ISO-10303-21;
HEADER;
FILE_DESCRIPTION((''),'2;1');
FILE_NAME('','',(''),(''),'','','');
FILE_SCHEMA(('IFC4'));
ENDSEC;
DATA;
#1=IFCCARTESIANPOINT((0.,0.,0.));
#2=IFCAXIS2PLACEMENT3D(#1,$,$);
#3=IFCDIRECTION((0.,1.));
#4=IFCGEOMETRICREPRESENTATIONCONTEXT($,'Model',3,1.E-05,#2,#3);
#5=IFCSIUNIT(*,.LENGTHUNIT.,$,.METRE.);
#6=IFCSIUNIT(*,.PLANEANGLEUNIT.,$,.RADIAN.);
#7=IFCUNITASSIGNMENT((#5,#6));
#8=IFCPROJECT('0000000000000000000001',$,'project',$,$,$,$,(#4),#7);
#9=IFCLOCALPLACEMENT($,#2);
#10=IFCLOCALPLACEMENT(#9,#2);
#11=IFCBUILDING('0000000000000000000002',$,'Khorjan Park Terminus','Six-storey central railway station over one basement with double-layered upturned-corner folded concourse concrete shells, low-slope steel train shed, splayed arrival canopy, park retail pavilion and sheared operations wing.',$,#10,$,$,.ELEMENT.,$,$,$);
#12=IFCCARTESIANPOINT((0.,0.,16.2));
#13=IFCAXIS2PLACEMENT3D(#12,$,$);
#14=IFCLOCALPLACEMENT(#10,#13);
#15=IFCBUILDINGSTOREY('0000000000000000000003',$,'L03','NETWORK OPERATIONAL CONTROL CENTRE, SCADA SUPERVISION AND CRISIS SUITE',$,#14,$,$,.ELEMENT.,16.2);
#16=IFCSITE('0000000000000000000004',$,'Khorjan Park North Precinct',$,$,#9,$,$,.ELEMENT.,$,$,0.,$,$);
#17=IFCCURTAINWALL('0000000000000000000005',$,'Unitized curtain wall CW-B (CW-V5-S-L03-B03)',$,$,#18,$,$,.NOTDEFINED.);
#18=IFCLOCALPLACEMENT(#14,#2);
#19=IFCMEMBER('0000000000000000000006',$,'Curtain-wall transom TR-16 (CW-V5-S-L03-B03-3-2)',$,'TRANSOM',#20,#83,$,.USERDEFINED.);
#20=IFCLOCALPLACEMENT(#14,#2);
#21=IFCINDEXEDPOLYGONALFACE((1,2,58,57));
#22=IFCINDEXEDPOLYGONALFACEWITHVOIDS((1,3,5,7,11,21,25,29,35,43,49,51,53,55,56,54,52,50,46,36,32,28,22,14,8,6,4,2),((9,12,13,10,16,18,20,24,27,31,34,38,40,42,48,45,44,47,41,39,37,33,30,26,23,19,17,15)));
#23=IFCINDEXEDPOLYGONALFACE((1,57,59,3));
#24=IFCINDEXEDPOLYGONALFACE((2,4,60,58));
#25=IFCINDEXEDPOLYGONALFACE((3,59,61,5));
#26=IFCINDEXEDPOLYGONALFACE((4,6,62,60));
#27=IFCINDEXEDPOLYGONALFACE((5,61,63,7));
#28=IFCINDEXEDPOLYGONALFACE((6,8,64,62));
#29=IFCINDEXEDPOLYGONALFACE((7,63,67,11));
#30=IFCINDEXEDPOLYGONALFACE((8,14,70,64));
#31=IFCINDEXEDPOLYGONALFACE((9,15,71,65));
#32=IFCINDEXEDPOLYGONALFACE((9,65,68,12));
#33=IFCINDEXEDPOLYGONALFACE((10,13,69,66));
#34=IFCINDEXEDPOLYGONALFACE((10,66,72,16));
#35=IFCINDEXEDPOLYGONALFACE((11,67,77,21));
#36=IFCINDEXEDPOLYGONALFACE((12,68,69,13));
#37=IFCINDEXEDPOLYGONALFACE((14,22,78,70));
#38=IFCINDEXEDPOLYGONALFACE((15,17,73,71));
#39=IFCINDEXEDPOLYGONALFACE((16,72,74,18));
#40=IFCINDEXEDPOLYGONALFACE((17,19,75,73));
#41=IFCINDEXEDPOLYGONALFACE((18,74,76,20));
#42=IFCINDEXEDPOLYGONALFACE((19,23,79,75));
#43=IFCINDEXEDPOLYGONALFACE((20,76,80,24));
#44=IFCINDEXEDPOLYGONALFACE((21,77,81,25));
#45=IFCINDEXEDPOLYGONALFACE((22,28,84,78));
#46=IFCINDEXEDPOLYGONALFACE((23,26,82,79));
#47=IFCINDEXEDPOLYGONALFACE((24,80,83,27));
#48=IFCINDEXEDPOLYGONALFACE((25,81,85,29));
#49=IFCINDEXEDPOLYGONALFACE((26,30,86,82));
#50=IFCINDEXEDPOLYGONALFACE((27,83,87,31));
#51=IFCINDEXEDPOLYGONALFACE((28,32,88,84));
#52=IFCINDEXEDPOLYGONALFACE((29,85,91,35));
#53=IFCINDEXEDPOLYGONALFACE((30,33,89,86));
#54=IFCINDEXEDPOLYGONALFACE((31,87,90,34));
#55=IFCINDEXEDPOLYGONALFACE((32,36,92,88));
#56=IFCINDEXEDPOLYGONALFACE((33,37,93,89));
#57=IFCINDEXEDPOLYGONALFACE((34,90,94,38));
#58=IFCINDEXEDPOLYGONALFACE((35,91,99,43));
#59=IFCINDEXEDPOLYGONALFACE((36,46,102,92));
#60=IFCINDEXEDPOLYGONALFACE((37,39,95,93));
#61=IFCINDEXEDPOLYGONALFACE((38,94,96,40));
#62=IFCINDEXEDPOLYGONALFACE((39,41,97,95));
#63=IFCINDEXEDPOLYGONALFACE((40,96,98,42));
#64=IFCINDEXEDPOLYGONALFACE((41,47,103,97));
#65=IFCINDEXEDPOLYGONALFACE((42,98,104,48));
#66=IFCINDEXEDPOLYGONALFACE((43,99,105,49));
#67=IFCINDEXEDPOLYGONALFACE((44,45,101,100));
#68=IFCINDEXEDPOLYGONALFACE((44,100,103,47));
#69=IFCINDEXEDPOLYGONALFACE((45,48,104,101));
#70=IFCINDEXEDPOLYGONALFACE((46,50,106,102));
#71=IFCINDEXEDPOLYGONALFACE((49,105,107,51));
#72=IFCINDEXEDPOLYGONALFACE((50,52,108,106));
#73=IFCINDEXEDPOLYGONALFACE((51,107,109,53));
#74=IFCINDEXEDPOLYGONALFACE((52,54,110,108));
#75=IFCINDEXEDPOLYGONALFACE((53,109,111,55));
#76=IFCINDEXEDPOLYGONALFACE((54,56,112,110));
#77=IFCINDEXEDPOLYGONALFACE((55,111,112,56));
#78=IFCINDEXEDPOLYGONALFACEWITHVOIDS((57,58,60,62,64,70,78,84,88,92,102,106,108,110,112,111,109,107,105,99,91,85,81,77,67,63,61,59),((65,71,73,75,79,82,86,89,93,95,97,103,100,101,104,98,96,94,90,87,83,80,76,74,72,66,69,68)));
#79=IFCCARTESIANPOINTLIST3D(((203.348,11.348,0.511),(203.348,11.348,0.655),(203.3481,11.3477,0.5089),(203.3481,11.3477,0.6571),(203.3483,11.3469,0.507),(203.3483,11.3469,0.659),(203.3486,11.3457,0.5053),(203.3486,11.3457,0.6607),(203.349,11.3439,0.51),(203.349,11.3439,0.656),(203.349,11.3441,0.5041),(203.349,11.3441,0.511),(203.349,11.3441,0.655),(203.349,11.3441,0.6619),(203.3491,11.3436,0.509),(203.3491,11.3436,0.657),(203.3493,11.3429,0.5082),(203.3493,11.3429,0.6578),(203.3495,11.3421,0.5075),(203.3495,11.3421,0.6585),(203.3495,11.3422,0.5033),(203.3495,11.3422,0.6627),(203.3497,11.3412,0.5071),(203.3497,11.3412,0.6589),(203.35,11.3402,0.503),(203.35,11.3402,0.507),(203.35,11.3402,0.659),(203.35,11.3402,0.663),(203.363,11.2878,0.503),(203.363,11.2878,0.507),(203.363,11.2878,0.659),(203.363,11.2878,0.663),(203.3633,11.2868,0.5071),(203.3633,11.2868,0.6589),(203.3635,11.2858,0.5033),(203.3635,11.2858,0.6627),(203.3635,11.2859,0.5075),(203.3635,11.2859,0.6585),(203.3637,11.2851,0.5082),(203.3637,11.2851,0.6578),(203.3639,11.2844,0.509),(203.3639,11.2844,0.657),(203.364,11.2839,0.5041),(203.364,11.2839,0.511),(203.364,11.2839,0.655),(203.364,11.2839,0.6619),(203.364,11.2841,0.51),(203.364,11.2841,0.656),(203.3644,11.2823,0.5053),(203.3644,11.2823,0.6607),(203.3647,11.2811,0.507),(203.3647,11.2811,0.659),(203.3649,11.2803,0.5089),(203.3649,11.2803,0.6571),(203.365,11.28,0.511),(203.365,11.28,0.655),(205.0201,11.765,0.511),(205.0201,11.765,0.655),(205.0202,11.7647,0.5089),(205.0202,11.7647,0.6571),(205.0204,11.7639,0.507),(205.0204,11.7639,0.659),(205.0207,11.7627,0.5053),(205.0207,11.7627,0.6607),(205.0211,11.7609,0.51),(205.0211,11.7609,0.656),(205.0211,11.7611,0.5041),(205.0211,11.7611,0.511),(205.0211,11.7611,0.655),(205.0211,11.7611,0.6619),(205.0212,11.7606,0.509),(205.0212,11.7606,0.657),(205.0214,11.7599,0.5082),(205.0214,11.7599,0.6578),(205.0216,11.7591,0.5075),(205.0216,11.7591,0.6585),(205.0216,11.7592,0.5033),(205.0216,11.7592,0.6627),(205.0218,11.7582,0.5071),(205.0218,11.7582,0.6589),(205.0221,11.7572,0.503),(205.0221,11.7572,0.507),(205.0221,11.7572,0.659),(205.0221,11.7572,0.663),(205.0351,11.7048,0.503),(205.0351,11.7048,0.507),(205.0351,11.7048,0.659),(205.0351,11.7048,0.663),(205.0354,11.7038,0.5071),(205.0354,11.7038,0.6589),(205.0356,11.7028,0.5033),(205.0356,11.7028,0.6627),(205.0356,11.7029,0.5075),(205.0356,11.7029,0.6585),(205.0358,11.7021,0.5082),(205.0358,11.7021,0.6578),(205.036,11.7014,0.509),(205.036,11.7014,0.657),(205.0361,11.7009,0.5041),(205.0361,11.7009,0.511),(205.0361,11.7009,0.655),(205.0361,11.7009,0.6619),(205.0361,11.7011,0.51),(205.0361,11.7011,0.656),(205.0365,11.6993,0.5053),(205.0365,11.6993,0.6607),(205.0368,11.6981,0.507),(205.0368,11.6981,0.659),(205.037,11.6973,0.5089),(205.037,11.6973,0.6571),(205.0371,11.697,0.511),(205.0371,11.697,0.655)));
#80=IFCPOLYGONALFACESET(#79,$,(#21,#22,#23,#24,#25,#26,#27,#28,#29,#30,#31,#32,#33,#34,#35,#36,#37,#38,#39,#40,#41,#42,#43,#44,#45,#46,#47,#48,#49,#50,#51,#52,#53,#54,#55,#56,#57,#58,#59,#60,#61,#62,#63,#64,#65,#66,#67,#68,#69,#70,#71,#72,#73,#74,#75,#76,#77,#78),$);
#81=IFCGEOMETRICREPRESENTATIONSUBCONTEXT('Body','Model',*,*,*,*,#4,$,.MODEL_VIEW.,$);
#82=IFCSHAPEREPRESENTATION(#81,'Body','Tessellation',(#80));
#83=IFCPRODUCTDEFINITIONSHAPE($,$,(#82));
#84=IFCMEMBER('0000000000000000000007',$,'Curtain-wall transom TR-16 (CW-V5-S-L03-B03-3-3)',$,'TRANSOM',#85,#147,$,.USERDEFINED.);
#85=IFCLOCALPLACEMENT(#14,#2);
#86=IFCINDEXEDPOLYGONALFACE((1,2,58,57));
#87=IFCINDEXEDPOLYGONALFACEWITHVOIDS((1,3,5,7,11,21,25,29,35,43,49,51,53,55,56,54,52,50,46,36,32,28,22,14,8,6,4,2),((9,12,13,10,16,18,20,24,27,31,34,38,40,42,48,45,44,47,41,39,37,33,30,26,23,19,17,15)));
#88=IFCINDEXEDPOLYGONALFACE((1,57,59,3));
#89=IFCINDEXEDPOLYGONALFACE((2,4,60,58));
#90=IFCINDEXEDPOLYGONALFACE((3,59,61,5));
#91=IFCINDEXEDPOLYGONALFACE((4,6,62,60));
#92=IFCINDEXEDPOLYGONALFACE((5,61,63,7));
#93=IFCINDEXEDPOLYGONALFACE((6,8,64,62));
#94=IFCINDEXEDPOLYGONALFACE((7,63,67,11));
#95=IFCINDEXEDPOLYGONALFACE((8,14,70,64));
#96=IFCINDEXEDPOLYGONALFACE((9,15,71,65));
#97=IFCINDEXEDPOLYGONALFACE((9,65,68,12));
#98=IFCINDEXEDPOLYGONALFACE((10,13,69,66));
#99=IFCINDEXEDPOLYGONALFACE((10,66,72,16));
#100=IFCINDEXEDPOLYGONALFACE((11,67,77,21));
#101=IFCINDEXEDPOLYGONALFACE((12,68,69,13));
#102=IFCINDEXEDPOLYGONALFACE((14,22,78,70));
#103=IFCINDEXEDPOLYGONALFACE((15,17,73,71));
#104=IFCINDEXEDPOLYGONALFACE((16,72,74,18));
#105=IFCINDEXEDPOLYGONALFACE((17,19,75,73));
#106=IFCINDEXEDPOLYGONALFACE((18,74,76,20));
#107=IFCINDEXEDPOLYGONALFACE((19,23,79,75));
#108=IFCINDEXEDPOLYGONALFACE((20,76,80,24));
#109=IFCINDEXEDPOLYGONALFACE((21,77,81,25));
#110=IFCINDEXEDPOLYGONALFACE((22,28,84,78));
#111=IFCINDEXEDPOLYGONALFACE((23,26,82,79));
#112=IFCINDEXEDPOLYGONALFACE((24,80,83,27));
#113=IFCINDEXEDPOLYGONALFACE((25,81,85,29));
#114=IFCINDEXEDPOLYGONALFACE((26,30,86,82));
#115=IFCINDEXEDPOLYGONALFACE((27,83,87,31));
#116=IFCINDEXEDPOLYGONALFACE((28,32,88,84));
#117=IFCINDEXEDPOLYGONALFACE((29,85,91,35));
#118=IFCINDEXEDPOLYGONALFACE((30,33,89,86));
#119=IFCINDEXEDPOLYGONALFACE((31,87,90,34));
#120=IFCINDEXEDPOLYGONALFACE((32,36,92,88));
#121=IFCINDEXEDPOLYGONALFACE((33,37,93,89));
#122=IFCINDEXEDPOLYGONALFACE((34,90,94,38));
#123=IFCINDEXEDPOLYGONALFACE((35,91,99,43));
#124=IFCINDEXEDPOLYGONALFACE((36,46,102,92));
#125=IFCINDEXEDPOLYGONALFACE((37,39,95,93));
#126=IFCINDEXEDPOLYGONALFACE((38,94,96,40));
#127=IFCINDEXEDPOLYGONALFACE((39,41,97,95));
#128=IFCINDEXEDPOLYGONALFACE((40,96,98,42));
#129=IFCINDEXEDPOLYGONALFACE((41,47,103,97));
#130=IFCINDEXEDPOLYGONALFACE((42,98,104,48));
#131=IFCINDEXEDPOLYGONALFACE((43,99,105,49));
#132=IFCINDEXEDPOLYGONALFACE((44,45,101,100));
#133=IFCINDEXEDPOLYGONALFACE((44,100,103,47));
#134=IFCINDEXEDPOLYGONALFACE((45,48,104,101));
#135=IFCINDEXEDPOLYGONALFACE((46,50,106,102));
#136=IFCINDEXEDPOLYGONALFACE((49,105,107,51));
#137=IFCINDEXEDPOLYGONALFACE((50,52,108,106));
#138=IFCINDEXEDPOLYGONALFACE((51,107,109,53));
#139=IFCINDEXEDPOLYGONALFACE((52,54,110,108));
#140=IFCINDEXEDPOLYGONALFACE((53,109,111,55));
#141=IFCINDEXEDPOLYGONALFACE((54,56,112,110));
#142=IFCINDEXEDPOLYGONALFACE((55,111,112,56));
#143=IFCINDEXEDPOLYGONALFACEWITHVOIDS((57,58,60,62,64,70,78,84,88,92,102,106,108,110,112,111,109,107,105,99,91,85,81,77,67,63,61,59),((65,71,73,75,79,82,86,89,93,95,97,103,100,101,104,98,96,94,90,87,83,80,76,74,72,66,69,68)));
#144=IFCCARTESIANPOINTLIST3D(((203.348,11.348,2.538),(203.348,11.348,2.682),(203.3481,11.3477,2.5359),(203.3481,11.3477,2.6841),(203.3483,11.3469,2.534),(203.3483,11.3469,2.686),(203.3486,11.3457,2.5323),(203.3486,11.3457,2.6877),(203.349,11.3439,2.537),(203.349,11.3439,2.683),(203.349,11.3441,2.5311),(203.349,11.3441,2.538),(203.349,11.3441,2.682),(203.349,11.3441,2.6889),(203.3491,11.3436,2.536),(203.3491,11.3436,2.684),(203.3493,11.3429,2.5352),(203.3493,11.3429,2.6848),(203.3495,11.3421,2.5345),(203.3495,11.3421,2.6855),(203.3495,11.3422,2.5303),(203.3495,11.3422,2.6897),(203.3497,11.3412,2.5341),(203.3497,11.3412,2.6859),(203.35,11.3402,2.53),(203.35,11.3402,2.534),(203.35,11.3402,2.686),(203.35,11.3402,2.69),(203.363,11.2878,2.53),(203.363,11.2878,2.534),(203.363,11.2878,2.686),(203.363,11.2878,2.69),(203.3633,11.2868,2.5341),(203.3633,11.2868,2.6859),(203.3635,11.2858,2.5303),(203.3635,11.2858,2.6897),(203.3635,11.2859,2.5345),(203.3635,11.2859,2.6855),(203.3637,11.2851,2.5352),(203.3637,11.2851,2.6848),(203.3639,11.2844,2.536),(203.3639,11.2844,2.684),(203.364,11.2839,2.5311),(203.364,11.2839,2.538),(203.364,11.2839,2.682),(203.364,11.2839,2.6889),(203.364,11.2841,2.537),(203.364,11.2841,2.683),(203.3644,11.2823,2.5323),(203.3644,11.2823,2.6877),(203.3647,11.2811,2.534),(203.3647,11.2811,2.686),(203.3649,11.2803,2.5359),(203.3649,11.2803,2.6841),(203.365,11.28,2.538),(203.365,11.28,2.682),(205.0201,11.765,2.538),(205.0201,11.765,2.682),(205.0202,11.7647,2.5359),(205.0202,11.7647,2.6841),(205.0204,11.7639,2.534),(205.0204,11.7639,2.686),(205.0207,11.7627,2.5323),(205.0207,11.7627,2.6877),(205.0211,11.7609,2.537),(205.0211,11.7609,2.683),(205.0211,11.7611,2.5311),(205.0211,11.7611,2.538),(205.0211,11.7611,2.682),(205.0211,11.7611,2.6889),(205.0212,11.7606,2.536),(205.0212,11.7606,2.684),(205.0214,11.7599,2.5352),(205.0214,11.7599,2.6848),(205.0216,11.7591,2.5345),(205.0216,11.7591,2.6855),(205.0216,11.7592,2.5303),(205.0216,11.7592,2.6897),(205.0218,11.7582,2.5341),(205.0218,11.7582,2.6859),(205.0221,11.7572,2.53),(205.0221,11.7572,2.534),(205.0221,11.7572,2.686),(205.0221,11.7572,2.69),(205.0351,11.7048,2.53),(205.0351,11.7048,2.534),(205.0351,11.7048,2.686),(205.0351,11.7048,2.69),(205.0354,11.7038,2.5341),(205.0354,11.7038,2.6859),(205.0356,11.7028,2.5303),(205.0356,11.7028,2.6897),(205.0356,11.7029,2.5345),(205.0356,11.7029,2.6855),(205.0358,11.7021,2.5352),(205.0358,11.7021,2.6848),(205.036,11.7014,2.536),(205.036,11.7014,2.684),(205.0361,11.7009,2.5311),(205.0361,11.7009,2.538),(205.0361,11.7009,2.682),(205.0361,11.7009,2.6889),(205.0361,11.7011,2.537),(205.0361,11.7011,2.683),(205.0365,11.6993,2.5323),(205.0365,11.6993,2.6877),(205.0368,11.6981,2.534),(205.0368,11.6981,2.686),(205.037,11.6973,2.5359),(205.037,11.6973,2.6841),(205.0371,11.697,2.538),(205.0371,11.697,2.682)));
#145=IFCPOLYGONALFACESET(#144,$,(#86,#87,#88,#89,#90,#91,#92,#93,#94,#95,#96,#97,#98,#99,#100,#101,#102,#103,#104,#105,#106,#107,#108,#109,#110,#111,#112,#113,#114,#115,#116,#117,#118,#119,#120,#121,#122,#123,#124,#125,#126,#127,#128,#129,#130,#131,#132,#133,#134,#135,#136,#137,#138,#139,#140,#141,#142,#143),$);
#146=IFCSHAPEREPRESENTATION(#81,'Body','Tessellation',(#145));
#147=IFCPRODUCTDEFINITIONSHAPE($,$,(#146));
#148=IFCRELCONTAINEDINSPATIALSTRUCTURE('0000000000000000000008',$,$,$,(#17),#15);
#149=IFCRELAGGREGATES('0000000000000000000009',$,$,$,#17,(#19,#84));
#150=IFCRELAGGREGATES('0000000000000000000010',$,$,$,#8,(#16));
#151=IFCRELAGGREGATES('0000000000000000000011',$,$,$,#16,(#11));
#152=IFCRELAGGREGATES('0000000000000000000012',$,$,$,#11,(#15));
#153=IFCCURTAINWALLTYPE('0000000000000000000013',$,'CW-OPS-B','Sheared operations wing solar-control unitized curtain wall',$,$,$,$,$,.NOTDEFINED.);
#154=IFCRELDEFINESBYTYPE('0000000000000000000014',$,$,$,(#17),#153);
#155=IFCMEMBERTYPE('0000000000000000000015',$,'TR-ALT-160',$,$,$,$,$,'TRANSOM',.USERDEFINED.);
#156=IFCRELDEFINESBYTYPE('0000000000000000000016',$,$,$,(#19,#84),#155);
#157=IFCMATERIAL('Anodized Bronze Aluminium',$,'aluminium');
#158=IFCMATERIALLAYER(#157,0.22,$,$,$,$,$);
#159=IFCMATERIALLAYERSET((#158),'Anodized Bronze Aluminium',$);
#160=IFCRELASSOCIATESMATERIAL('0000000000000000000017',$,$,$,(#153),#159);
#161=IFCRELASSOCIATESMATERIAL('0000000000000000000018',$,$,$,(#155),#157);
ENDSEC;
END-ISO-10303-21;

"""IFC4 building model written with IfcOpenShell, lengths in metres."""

from ifc_helpers import new_model, si_unit, direction, frame, origin, origin_2d, place, context, subcontext, project, spatial, hollow_rectangle, extrude, material, layer, layer_set, material_profile, profile_set, type_object, element, aggregate, save


model = new_model("IFC4")

# Units and contexts
model_context = context("Model", 3, precision=1e-05, world=origin(), true_north=direction((0.0, 1.0)))
body_context = subcontext(model_context, "Body", "Model", "MODEL_VIEW")
ifc_project = project(units=[si_unit("LENGTHUNIT", "METRE"), si_unit("PLANEANGLEUNIT", "RADIAN")], contexts=[model_context])

# Site, building, storey
site_placement = place(None, origin())
site = spatial("IfcSite", under=ifc_project, at=site_placement, Name="Khorjan Park North Precinct", CompositionType="ELEMENT", RefElevation=0.0)
building_placement = place(site_placement, origin())
building = spatial("IfcBuilding", under=site, at=building_placement, Name="Khorjan Park Terminus", Description="Six-storey central railway station over one basement with double-layered upturned-corner folded concourse concrete shells, low-slope steel train shed, splayed arrival canopy, park retail pavilion and sheared operations wing.", CompositionType="ELEMENT")
storey_placement = place(building_placement, frame((0.0, 0.0, 16.2)))
storey = spatial("IfcBuildingStorey", under=building, at=storey_placement, Name="L03", Description="NETWORK OPERATIONAL CONTROL CENTRE, SCADA SUPERVISION AND CRISIS SUITE", CompositionType="ELEMENT", Elevation=16.2)

# Curtain wall, members
ifc_material_1 = material(Name="Anodized Bronze Aluminium", Category="aluminium")
ifc_layer_1 = layer(ifc_material_1, 0.22)
ifc_layer_set_1 = layer_set([ifc_layer_1], Name="Anodized Bronze Aluminium")
curtain_wall_type = type_object("IfcCurtainWallType", Name="CW-OPS-B", Description="Sheared operations wing solar-control unitized curtain wall", PredefinedType="NOTDEFINED", material=ifc_layer_set_1)
curtain_wall_placement = place(storey_placement, origin())
curtain_wall = element("IfcCurtainWall", 1, at=curtain_wall_placement, inside=storey, type_object=curtain_wall_type, Name="Unitized curtain wall CW-B (CW-V5-S-L03-B03)", PredefinedType="NOTDEFINED")
ifc_material_profile_1 = material_profile(ifc_material_1, hollow_rectangle(XDim=0.07, YDim=0.16, WallThickness=0.004, InnerFilletRadius=0.004, OuterFilletRadius=0.008, at=origin_2d()), Name="ALT 70x160x4")
ifc_profile_set_1 = profile_set([ifc_material_profile_1], Name="Anodized Bronze Aluminium")
member_type_1 = type_object("IfcMemberType", Name="TR-ALT-160", ElementType="TRANSOM", PredefinedType="USERDEFINED", material=ifc_profile_set_1)
member_1_placement = place(storey_placement, frame((203.3565, 11.314, 0.583), z_axis=(0.970282, 0.241976, 0.0), x_axis=(-0.241976, 0.970282, 0.0)))
member_1 = element("IfcMember", 2, at=member_1_placement, type_object=member_type_1, Name="Curtain-wall transom TR-16 (CW-V5-S-L03-B03-3-2)", ObjectType="TRANSOM", PredefinedType="USERDEFINED", context=body_context, shape_type="SweptSolid", body=[
    extrude(hollow_rectangle(XDim=0.07, YDim=0.16, WallThickness=0.004, InnerFilletRadius=0.004, OuterFilletRadius=0.008, at=origin_2d()), origin(), (0.0, 0.0, 1.0), 1.7233),
])
member_2_placement = place(storey_placement, frame((203.3565, 11.314, 2.61), z_axis=(0.970282, 0.241976, 0.0), x_axis=(-0.241976, 0.970282, 0.0)))
member_2 = element("IfcMember", 3, at=member_2_placement, type_object=member_type_1, Name="Curtain-wall transom TR-16 (CW-V5-S-L03-B03-3-3)", ObjectType="TRANSOM", PredefinedType="USERDEFINED", context=body_context, shape_type="SweptSolid", body=[
    extrude(hollow_rectangle(XDim=0.07, YDim=0.16, WallThickness=0.004, InnerFilletRadius=0.004, OuterFilletRadius=0.008, at=origin_2d()), origin(), (0.0, 0.0, 1.0), 1.7233),
])
aggregate(curtain_wall, [member_1, member_2])

save(model, "model.ifc")
